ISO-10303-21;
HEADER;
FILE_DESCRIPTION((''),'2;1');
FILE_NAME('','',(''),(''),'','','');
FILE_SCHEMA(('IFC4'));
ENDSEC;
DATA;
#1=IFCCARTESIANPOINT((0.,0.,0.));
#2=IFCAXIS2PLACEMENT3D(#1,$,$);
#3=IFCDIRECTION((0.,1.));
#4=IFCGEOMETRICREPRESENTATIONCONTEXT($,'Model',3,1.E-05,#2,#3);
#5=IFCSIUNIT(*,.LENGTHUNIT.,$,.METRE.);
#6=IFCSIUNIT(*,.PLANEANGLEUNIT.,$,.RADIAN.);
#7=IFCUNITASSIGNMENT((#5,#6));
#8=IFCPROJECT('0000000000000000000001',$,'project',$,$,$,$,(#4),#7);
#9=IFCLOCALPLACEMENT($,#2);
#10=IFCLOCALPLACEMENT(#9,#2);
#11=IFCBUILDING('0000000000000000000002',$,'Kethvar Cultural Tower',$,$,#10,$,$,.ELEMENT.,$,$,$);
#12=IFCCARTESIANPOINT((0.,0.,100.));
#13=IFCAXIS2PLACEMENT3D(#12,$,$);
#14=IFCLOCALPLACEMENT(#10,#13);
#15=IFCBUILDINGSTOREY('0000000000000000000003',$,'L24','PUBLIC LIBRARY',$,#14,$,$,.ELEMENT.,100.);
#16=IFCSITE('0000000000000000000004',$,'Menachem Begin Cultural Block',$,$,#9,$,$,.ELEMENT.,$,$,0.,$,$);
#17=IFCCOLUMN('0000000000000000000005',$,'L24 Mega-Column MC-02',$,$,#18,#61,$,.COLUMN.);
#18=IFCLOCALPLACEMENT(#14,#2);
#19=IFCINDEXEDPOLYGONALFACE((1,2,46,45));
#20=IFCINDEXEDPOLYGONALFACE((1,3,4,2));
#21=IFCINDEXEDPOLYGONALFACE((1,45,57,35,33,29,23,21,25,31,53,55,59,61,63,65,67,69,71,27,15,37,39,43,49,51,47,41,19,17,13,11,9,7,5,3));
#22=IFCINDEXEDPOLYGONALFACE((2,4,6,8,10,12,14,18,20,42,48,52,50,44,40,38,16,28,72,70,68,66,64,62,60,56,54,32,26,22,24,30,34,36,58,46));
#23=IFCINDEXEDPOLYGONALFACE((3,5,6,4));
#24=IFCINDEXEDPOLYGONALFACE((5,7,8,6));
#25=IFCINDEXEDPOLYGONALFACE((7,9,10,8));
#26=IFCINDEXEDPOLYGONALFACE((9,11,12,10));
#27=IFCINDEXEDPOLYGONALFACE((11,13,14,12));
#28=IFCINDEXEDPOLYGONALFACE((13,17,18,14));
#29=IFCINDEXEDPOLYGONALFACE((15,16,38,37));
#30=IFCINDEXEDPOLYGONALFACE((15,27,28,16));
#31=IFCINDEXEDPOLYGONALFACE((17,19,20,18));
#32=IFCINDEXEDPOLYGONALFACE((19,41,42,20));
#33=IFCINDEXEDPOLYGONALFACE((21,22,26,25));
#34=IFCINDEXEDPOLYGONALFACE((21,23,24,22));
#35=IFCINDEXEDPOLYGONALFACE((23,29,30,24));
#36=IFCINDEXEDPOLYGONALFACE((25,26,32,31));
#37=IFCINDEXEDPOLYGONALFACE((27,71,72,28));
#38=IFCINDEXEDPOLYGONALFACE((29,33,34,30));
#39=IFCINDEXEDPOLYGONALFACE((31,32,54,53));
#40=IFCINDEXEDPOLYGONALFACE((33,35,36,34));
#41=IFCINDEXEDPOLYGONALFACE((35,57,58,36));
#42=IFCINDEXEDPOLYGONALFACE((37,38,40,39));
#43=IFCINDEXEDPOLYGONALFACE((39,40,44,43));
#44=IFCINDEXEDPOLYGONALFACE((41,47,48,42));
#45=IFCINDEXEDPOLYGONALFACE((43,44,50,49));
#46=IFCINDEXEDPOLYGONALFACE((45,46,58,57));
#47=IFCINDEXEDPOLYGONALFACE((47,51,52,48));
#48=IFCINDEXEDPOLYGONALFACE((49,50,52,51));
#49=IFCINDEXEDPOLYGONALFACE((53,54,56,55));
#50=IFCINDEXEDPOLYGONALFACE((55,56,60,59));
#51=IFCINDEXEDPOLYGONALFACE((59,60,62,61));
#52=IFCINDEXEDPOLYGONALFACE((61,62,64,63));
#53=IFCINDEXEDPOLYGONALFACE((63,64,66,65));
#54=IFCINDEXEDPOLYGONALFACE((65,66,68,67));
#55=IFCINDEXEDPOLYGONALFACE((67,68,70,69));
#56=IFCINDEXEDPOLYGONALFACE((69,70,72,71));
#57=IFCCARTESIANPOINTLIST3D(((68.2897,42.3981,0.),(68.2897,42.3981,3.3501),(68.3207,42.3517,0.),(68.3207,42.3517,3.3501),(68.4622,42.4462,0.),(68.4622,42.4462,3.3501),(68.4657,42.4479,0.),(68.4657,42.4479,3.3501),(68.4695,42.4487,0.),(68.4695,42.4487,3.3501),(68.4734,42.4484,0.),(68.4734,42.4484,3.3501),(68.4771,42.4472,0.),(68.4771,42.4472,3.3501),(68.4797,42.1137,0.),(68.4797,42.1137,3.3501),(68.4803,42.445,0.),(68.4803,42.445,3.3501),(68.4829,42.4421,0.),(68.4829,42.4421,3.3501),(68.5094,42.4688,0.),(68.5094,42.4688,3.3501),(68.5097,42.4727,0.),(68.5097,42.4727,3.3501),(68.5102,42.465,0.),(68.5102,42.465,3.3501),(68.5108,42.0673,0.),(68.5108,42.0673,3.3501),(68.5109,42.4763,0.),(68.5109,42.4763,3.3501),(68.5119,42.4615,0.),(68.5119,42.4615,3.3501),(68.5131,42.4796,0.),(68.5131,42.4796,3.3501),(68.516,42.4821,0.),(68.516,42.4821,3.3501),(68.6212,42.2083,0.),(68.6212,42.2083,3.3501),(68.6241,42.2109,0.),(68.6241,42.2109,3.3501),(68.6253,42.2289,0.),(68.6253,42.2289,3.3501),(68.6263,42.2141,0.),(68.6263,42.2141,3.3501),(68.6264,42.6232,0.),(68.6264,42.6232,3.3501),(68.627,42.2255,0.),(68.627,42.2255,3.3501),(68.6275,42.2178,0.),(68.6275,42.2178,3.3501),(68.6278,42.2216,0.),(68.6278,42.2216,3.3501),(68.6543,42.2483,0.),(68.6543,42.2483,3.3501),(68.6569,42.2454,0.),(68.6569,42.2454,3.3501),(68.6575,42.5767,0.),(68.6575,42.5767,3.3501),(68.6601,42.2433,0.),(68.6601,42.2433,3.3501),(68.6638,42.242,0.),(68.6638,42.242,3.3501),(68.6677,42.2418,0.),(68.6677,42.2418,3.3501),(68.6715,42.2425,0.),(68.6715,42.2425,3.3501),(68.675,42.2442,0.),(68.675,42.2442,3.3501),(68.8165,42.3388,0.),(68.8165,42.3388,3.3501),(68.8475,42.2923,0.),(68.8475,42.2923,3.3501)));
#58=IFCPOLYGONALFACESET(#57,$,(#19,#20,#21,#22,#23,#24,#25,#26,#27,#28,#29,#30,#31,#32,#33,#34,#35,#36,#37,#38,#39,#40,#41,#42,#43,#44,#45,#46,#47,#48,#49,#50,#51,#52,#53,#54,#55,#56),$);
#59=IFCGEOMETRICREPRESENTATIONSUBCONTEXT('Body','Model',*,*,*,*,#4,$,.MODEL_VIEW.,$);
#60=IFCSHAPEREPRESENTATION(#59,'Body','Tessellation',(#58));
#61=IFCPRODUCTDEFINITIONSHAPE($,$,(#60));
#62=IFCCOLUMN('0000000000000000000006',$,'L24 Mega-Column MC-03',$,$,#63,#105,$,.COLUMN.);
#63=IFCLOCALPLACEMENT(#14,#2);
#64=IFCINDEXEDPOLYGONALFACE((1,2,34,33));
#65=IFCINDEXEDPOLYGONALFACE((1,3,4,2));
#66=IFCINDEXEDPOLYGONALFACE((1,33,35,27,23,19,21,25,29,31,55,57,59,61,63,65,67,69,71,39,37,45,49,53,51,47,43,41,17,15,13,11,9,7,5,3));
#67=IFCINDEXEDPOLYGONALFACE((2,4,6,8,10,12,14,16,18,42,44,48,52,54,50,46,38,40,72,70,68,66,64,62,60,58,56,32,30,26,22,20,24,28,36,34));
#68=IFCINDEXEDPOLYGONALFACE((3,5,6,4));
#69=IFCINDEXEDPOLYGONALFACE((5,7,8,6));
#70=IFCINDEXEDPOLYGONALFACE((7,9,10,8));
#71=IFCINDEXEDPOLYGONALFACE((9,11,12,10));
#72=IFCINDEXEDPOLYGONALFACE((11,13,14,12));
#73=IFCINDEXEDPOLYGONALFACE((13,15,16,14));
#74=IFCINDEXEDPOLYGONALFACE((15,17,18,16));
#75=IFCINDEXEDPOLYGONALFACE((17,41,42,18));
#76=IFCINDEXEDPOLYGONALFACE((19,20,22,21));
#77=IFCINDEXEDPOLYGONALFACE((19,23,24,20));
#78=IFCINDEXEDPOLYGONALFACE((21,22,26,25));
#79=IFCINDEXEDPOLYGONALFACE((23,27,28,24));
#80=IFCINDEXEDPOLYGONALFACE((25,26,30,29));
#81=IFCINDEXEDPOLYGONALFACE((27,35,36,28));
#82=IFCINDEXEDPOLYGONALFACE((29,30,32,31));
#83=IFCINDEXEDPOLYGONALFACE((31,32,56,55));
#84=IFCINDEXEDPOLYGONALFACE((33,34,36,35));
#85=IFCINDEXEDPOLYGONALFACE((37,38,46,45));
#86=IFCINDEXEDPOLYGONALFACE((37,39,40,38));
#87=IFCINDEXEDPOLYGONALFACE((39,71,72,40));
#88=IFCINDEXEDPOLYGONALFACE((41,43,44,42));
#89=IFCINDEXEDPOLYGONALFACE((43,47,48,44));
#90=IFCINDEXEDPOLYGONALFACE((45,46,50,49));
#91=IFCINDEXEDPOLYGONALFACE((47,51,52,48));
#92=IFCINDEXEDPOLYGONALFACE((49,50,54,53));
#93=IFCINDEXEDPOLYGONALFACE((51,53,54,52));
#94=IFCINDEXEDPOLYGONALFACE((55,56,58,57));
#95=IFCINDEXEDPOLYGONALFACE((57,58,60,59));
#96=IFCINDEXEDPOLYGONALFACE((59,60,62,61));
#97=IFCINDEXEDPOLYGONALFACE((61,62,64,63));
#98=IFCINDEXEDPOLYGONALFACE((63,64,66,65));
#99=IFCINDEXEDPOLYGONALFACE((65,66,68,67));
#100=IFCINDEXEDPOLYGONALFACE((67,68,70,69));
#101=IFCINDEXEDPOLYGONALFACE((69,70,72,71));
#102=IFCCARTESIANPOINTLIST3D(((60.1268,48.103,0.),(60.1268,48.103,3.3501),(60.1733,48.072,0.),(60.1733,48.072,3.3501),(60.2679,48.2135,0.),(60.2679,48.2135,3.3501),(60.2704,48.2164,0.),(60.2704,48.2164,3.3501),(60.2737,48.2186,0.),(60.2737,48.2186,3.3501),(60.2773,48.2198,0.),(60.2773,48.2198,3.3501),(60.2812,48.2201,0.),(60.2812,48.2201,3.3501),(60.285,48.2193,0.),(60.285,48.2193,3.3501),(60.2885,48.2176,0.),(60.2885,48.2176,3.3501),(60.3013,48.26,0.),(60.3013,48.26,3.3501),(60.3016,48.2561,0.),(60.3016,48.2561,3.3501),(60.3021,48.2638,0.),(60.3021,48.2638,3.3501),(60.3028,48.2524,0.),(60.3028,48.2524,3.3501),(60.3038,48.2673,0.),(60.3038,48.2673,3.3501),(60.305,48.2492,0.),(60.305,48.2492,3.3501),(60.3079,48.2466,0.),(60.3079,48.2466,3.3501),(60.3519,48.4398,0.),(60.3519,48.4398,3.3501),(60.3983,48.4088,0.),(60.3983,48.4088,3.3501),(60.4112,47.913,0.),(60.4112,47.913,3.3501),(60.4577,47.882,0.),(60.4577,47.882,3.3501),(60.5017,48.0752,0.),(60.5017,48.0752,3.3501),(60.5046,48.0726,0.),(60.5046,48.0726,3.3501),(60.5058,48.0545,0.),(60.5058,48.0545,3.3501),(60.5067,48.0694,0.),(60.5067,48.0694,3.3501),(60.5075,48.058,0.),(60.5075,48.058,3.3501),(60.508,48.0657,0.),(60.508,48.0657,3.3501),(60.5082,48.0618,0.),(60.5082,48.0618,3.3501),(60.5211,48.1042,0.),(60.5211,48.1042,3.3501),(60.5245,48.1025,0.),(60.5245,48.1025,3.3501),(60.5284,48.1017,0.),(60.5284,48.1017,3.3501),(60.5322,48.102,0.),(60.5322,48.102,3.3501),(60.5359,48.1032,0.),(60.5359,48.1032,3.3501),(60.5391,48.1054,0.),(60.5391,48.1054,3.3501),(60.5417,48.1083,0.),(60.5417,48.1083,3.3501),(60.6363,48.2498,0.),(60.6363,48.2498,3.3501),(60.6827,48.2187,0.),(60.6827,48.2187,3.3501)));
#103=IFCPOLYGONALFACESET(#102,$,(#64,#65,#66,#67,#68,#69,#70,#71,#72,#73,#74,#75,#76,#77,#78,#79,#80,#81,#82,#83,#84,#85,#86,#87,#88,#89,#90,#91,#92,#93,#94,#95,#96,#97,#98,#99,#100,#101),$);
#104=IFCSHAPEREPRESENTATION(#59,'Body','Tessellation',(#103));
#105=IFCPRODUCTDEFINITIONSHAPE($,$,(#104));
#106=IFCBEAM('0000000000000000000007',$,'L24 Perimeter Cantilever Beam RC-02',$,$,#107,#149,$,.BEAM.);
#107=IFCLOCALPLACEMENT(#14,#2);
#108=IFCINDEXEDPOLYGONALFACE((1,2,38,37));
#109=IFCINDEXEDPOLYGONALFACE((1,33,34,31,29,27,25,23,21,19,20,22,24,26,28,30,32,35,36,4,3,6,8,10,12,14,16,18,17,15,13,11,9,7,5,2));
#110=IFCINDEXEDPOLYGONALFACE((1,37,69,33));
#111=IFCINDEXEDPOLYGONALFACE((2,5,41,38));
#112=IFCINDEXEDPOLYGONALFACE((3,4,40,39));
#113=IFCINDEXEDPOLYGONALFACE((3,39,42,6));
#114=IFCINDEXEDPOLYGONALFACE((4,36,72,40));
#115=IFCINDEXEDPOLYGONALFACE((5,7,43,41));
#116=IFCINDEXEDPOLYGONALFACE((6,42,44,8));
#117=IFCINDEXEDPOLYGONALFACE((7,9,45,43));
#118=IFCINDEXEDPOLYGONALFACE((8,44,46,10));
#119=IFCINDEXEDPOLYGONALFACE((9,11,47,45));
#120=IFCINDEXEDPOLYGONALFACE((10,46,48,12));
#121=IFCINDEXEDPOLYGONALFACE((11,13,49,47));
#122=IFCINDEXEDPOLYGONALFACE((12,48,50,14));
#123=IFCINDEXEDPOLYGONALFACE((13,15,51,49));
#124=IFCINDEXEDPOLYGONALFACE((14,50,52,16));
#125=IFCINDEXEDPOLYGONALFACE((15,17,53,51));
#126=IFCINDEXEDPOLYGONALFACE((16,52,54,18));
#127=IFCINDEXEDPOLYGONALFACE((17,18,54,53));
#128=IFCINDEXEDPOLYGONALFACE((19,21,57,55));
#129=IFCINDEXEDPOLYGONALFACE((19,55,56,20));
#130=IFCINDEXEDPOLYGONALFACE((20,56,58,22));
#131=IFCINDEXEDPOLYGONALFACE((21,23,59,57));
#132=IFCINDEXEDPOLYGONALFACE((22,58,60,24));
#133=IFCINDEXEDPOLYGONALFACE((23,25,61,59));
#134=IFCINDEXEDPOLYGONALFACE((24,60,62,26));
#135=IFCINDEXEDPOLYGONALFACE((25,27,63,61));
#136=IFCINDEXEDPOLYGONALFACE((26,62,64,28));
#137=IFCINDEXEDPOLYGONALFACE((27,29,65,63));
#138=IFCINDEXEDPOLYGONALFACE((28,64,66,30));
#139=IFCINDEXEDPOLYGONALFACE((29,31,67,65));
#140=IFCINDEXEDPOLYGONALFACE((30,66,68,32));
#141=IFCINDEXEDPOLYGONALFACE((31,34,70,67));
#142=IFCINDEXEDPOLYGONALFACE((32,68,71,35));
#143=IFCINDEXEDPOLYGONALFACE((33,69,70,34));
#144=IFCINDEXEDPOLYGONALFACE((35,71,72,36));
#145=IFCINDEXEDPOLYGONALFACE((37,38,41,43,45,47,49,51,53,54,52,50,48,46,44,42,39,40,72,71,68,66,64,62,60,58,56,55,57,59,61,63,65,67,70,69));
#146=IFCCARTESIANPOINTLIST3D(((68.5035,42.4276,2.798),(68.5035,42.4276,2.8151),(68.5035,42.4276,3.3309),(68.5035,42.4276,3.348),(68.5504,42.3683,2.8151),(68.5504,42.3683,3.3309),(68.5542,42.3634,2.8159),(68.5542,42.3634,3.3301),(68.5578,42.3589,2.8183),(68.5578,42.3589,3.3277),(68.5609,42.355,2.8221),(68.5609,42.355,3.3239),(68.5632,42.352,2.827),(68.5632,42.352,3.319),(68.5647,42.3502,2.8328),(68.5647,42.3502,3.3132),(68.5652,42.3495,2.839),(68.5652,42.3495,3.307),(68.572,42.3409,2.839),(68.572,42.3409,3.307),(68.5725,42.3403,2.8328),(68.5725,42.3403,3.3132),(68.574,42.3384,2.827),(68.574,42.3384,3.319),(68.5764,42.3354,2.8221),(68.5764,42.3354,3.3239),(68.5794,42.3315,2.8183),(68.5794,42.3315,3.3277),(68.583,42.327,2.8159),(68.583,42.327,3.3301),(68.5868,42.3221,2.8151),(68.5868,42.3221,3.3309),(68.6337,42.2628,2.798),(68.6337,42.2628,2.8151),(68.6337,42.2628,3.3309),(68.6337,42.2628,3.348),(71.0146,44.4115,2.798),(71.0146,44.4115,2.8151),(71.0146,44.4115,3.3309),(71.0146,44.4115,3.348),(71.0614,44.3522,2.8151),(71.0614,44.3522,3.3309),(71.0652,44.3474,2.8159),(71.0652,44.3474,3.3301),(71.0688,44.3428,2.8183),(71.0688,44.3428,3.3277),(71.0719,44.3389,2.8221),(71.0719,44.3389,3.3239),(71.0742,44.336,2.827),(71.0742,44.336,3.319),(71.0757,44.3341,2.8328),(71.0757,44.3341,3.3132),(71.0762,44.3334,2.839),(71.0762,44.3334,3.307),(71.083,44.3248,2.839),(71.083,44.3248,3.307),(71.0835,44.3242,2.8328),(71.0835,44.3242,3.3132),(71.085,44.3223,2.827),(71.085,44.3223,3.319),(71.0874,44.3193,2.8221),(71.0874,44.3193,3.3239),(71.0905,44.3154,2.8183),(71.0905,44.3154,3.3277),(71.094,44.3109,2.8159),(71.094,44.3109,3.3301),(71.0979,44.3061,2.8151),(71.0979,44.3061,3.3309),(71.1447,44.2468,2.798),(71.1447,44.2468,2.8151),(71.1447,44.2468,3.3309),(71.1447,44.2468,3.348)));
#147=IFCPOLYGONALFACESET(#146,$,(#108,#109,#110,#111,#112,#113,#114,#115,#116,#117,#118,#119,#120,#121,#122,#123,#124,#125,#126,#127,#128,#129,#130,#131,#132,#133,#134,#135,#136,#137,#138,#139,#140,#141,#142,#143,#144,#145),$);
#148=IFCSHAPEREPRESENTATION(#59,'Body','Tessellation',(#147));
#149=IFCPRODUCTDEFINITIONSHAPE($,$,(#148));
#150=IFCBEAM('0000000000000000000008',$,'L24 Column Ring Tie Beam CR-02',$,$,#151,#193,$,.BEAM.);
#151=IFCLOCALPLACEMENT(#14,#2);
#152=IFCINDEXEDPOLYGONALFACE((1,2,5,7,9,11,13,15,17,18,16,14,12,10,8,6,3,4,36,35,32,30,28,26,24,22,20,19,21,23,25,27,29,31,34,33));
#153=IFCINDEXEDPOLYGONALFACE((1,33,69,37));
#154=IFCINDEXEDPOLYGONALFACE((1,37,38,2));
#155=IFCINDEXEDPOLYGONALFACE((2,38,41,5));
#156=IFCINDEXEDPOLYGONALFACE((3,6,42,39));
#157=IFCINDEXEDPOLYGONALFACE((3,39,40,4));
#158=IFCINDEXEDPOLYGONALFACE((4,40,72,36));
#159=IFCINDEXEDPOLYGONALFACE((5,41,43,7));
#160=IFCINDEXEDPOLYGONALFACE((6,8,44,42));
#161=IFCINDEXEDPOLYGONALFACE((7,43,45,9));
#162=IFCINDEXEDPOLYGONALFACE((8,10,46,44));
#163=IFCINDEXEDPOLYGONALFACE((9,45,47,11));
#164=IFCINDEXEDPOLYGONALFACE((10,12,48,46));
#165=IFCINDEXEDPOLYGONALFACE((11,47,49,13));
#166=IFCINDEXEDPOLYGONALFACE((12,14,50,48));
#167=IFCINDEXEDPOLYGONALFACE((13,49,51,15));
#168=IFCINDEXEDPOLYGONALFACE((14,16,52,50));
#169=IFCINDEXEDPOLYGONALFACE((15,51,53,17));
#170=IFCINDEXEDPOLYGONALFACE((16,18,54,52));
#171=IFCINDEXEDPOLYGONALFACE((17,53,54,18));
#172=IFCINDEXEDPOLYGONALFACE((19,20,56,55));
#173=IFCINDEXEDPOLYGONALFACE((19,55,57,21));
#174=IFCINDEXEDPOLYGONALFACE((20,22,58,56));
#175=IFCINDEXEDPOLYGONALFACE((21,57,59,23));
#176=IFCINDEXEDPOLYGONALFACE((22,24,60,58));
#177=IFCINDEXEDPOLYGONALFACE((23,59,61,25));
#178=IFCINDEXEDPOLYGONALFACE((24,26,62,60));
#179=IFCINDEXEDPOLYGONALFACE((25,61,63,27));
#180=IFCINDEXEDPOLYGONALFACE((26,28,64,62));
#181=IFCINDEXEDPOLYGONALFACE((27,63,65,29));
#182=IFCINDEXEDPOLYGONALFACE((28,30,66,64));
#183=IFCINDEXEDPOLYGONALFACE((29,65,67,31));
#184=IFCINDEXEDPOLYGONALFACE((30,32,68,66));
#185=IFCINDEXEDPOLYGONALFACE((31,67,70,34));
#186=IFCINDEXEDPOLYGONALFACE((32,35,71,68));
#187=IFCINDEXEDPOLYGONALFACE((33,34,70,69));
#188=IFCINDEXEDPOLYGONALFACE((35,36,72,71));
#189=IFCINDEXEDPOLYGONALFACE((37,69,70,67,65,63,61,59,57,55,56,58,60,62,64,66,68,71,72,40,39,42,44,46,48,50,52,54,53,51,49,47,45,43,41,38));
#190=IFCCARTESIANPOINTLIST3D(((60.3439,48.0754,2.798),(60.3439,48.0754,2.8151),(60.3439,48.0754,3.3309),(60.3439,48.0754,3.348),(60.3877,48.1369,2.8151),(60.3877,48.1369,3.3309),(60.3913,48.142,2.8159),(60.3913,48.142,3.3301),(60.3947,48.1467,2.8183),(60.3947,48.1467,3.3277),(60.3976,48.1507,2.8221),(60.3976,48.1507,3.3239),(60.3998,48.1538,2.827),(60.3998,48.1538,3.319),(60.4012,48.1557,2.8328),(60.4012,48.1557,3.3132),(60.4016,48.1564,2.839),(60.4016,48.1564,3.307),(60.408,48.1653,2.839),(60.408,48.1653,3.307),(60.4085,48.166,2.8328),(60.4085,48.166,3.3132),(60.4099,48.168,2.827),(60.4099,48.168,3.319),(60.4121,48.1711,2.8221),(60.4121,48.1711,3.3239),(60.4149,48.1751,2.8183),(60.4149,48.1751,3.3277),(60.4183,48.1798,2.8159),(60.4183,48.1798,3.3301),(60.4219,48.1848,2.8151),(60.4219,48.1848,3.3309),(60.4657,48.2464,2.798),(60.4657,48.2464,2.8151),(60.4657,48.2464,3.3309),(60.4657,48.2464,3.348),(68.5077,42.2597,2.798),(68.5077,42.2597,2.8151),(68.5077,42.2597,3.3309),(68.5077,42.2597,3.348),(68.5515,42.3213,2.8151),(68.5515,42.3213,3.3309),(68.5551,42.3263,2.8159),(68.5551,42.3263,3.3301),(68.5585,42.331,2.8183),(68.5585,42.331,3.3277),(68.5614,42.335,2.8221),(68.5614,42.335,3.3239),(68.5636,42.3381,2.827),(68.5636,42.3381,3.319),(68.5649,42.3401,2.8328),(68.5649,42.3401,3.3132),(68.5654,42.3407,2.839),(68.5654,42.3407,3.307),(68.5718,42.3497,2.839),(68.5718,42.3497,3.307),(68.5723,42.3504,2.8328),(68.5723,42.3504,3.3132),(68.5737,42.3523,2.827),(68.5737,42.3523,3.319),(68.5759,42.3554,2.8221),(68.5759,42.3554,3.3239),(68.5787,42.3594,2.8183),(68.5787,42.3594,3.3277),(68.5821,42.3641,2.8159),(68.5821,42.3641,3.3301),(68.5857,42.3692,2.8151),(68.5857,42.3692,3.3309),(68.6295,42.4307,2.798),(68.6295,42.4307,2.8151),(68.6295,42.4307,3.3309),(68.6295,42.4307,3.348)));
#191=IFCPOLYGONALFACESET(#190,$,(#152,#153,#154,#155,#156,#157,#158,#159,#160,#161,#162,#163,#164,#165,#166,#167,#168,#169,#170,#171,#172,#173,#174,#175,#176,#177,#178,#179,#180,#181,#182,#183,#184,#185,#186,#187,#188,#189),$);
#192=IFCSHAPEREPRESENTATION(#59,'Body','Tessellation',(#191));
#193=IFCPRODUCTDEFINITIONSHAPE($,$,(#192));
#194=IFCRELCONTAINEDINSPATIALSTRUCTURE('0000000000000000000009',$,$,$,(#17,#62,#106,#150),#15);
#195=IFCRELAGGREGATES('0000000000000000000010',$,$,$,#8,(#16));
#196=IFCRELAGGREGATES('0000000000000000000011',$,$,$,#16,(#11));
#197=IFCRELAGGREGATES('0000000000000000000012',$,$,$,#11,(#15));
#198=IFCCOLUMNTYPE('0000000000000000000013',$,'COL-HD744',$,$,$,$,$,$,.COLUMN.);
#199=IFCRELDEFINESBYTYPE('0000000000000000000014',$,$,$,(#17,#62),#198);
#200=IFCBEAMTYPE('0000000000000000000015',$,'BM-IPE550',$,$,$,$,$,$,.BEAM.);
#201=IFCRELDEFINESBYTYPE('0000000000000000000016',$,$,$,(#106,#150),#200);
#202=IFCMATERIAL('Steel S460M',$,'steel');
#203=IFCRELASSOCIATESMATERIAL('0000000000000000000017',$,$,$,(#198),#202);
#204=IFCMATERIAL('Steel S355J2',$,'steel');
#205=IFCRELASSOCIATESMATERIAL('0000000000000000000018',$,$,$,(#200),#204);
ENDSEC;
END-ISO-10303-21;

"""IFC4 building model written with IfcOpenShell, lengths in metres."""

from ifc_helpers import new_model, si_unit, direction, frame, origin, origin_2d, place, context, subcontext, project, spatial, i_section, extrude, source, transform, mapped, material, material_profile, profile_set, type_object, element, save


model = new_model("IFC4")

# Units and contexts
model_context = context("Model", 3, precision=1e-05, world=origin(), true_north=direction((0.0, 1.0)))
body_context = subcontext(model_context, "Body", "Model", "MODEL_VIEW")
ifc_project = project(units=[si_unit("LENGTHUNIT", "METRE"), si_unit("PLANEANGLEUNIT", "RADIAN")], contexts=[model_context])

# Site, building, storey
site_placement = place(None, origin())
site = spatial("IfcSite", under=ifc_project, at=site_placement, Name="Menachem Begin Cultural Block", CompositionType="ELEMENT", RefElevation=0.0)
building_placement = place(site_placement, origin())
building = spatial("IfcBuilding", under=site, at=building_placement, Name="Kethvar Cultural Tower", CompositionType="ELEMENT")
storey_placement = place(building_placement, frame((0.0, 0.0, 100.0)))
storey = spatial("IfcBuildingStorey", under=building, at=storey_placement, Name="L24", Description="PUBLIC LIBRARY", CompositionType="ELEMENT", Elevation=100.0)

# Columns
ifc_material_1 = material(Name="Steel S460M", Category="steel")
ifc_material_profile_1 = material_profile(ifc_material_1, i_section(OverallWidth=0.405, OverallDepth=0.3979, WebThickness=0.0349, FlangeThickness=0.0559, FilletRadius=0.0149, at=origin_2d()), Name="Steel S460M — HD400x744")
ifc_profile_set_1 = profile_set([ifc_material_profile_1], Name="Steel S460M — HD400x744")
column_type = type_object("IfcColumnType", Name="COL-HD744", PredefinedType="COLUMN", material=ifc_profile_set_1)
shared_shape_1 = source(origin(), body_context, "Body", "SweptSolid", [
    extrude(i_section(OverallWidth=0.405, OverallDepth=0.3979, WebThickness=0.0349, FlangeThickness=0.0559, FilletRadius=0.0149, at=origin_2d()), origin(), (0.0, 0.0, 1.0), 3.3501),
])
for number, where, z_axis, x_axis, name in (
    (1, (68.5686, 42.3452, 0.0), (0.0, 0.0, 1.0), (0.83147, 0.55557, 0.0), "L24 Mega-Column MC-02"),
    (2, (60.4048, 48.1609, 0.0), (0.0, 0.0, 1.0), (0.55557, 0.83147, 0.0), "L24 Mega-Column MC-03"),
):
    element("IfcColumn", number, at=place(storey_placement, frame(where, z_axis=z_axis, x_axis=x_axis)), inside=storey, type_object=column_type, Name=name, PredefinedType="COLUMN", context=body_context, shape_type="MappedRepresentation", body=[
        mapped(shared_shape_1, transform((0.0, 0.0, 0.0), scale=1.0)),
    ])

# Beams
ifc_material_2 = material(Name="Steel S355J2", Category="steel")
ifc_material_profile_2 = material_profile(ifc_material_2, i_section(OverallWidth=0.21, OverallDepth=0.55, WebThickness=0.011, FlangeThickness=0.0171, FilletRadius=0.0239, at=origin_2d()), Name="Steel S355J2 — IPE550")
ifc_profile_set_2 = profile_set([ifc_material_profile_2], Name="Steel S355J2 — IPE550")
beam_type_1 = type_object("IfcBeamType", Name="BM-IPE550", PredefinedType="BEAM", material=ifc_profile_set_2)
shared_shape_2 = source(origin(), body_context, "Body", "SweptSolid", [
    extrude(i_section(OverallWidth=0.21, OverallDepth=0.55, WebThickness=0.011, FlangeThickness=0.0171, FilletRadius=0.0239, at=origin_2d()), origin(), (0.0, 0.0, 1.0), 3.2002),
])
beam_1_placement = place(storey_placement, frame((68.5686, 42.3452, 3.073), z_axis=(0.78465, 0.619939, 0.0), x_axis=(-0.619939, 0.78465, 0.0)))
element("IfcBeam", 3, at=beam_1_placement, inside=storey, type_object=beam_type_1, Name="L24 Perimeter Cantilever Beam RC-02", PredefinedType="BEAM", context=body_context, shape_type="MappedRepresentation", body=[
    mapped(shared_shape_2, transform((0.0, 0.0, 0.0), scale=1.0)),
])
shared_shape_3 = source(origin(), body_context, "Body", "SweptSolid", [
    extrude(i_section(OverallWidth=0.21, OverallDepth=0.55, WebThickness=0.011, FlangeThickness=0.0171, FilletRadius=0.0239, at=origin_2d()), origin(), (0.0, 0.0, 1.0), 10.0234),
])
beam_2_placement = place(storey_placement, frame((68.5686, 42.3452, 3.073), z_axis=(-0.81447, 0.580206, 0.0), x_axis=(-0.580206, -0.81447, 0.0)))
element("IfcBeam", 4, at=beam_2_placement, inside=storey, type_object=beam_type_1, Name="L24 Column Ring Tie Beam CR-02", PredefinedType="BEAM", context=body_context, shape_type="MappedRepresentation", body=[
    mapped(shared_shape_3, transform((0.0, 0.0, 0.0), scale=1.0)),
])

save(model, "model.ifc")
